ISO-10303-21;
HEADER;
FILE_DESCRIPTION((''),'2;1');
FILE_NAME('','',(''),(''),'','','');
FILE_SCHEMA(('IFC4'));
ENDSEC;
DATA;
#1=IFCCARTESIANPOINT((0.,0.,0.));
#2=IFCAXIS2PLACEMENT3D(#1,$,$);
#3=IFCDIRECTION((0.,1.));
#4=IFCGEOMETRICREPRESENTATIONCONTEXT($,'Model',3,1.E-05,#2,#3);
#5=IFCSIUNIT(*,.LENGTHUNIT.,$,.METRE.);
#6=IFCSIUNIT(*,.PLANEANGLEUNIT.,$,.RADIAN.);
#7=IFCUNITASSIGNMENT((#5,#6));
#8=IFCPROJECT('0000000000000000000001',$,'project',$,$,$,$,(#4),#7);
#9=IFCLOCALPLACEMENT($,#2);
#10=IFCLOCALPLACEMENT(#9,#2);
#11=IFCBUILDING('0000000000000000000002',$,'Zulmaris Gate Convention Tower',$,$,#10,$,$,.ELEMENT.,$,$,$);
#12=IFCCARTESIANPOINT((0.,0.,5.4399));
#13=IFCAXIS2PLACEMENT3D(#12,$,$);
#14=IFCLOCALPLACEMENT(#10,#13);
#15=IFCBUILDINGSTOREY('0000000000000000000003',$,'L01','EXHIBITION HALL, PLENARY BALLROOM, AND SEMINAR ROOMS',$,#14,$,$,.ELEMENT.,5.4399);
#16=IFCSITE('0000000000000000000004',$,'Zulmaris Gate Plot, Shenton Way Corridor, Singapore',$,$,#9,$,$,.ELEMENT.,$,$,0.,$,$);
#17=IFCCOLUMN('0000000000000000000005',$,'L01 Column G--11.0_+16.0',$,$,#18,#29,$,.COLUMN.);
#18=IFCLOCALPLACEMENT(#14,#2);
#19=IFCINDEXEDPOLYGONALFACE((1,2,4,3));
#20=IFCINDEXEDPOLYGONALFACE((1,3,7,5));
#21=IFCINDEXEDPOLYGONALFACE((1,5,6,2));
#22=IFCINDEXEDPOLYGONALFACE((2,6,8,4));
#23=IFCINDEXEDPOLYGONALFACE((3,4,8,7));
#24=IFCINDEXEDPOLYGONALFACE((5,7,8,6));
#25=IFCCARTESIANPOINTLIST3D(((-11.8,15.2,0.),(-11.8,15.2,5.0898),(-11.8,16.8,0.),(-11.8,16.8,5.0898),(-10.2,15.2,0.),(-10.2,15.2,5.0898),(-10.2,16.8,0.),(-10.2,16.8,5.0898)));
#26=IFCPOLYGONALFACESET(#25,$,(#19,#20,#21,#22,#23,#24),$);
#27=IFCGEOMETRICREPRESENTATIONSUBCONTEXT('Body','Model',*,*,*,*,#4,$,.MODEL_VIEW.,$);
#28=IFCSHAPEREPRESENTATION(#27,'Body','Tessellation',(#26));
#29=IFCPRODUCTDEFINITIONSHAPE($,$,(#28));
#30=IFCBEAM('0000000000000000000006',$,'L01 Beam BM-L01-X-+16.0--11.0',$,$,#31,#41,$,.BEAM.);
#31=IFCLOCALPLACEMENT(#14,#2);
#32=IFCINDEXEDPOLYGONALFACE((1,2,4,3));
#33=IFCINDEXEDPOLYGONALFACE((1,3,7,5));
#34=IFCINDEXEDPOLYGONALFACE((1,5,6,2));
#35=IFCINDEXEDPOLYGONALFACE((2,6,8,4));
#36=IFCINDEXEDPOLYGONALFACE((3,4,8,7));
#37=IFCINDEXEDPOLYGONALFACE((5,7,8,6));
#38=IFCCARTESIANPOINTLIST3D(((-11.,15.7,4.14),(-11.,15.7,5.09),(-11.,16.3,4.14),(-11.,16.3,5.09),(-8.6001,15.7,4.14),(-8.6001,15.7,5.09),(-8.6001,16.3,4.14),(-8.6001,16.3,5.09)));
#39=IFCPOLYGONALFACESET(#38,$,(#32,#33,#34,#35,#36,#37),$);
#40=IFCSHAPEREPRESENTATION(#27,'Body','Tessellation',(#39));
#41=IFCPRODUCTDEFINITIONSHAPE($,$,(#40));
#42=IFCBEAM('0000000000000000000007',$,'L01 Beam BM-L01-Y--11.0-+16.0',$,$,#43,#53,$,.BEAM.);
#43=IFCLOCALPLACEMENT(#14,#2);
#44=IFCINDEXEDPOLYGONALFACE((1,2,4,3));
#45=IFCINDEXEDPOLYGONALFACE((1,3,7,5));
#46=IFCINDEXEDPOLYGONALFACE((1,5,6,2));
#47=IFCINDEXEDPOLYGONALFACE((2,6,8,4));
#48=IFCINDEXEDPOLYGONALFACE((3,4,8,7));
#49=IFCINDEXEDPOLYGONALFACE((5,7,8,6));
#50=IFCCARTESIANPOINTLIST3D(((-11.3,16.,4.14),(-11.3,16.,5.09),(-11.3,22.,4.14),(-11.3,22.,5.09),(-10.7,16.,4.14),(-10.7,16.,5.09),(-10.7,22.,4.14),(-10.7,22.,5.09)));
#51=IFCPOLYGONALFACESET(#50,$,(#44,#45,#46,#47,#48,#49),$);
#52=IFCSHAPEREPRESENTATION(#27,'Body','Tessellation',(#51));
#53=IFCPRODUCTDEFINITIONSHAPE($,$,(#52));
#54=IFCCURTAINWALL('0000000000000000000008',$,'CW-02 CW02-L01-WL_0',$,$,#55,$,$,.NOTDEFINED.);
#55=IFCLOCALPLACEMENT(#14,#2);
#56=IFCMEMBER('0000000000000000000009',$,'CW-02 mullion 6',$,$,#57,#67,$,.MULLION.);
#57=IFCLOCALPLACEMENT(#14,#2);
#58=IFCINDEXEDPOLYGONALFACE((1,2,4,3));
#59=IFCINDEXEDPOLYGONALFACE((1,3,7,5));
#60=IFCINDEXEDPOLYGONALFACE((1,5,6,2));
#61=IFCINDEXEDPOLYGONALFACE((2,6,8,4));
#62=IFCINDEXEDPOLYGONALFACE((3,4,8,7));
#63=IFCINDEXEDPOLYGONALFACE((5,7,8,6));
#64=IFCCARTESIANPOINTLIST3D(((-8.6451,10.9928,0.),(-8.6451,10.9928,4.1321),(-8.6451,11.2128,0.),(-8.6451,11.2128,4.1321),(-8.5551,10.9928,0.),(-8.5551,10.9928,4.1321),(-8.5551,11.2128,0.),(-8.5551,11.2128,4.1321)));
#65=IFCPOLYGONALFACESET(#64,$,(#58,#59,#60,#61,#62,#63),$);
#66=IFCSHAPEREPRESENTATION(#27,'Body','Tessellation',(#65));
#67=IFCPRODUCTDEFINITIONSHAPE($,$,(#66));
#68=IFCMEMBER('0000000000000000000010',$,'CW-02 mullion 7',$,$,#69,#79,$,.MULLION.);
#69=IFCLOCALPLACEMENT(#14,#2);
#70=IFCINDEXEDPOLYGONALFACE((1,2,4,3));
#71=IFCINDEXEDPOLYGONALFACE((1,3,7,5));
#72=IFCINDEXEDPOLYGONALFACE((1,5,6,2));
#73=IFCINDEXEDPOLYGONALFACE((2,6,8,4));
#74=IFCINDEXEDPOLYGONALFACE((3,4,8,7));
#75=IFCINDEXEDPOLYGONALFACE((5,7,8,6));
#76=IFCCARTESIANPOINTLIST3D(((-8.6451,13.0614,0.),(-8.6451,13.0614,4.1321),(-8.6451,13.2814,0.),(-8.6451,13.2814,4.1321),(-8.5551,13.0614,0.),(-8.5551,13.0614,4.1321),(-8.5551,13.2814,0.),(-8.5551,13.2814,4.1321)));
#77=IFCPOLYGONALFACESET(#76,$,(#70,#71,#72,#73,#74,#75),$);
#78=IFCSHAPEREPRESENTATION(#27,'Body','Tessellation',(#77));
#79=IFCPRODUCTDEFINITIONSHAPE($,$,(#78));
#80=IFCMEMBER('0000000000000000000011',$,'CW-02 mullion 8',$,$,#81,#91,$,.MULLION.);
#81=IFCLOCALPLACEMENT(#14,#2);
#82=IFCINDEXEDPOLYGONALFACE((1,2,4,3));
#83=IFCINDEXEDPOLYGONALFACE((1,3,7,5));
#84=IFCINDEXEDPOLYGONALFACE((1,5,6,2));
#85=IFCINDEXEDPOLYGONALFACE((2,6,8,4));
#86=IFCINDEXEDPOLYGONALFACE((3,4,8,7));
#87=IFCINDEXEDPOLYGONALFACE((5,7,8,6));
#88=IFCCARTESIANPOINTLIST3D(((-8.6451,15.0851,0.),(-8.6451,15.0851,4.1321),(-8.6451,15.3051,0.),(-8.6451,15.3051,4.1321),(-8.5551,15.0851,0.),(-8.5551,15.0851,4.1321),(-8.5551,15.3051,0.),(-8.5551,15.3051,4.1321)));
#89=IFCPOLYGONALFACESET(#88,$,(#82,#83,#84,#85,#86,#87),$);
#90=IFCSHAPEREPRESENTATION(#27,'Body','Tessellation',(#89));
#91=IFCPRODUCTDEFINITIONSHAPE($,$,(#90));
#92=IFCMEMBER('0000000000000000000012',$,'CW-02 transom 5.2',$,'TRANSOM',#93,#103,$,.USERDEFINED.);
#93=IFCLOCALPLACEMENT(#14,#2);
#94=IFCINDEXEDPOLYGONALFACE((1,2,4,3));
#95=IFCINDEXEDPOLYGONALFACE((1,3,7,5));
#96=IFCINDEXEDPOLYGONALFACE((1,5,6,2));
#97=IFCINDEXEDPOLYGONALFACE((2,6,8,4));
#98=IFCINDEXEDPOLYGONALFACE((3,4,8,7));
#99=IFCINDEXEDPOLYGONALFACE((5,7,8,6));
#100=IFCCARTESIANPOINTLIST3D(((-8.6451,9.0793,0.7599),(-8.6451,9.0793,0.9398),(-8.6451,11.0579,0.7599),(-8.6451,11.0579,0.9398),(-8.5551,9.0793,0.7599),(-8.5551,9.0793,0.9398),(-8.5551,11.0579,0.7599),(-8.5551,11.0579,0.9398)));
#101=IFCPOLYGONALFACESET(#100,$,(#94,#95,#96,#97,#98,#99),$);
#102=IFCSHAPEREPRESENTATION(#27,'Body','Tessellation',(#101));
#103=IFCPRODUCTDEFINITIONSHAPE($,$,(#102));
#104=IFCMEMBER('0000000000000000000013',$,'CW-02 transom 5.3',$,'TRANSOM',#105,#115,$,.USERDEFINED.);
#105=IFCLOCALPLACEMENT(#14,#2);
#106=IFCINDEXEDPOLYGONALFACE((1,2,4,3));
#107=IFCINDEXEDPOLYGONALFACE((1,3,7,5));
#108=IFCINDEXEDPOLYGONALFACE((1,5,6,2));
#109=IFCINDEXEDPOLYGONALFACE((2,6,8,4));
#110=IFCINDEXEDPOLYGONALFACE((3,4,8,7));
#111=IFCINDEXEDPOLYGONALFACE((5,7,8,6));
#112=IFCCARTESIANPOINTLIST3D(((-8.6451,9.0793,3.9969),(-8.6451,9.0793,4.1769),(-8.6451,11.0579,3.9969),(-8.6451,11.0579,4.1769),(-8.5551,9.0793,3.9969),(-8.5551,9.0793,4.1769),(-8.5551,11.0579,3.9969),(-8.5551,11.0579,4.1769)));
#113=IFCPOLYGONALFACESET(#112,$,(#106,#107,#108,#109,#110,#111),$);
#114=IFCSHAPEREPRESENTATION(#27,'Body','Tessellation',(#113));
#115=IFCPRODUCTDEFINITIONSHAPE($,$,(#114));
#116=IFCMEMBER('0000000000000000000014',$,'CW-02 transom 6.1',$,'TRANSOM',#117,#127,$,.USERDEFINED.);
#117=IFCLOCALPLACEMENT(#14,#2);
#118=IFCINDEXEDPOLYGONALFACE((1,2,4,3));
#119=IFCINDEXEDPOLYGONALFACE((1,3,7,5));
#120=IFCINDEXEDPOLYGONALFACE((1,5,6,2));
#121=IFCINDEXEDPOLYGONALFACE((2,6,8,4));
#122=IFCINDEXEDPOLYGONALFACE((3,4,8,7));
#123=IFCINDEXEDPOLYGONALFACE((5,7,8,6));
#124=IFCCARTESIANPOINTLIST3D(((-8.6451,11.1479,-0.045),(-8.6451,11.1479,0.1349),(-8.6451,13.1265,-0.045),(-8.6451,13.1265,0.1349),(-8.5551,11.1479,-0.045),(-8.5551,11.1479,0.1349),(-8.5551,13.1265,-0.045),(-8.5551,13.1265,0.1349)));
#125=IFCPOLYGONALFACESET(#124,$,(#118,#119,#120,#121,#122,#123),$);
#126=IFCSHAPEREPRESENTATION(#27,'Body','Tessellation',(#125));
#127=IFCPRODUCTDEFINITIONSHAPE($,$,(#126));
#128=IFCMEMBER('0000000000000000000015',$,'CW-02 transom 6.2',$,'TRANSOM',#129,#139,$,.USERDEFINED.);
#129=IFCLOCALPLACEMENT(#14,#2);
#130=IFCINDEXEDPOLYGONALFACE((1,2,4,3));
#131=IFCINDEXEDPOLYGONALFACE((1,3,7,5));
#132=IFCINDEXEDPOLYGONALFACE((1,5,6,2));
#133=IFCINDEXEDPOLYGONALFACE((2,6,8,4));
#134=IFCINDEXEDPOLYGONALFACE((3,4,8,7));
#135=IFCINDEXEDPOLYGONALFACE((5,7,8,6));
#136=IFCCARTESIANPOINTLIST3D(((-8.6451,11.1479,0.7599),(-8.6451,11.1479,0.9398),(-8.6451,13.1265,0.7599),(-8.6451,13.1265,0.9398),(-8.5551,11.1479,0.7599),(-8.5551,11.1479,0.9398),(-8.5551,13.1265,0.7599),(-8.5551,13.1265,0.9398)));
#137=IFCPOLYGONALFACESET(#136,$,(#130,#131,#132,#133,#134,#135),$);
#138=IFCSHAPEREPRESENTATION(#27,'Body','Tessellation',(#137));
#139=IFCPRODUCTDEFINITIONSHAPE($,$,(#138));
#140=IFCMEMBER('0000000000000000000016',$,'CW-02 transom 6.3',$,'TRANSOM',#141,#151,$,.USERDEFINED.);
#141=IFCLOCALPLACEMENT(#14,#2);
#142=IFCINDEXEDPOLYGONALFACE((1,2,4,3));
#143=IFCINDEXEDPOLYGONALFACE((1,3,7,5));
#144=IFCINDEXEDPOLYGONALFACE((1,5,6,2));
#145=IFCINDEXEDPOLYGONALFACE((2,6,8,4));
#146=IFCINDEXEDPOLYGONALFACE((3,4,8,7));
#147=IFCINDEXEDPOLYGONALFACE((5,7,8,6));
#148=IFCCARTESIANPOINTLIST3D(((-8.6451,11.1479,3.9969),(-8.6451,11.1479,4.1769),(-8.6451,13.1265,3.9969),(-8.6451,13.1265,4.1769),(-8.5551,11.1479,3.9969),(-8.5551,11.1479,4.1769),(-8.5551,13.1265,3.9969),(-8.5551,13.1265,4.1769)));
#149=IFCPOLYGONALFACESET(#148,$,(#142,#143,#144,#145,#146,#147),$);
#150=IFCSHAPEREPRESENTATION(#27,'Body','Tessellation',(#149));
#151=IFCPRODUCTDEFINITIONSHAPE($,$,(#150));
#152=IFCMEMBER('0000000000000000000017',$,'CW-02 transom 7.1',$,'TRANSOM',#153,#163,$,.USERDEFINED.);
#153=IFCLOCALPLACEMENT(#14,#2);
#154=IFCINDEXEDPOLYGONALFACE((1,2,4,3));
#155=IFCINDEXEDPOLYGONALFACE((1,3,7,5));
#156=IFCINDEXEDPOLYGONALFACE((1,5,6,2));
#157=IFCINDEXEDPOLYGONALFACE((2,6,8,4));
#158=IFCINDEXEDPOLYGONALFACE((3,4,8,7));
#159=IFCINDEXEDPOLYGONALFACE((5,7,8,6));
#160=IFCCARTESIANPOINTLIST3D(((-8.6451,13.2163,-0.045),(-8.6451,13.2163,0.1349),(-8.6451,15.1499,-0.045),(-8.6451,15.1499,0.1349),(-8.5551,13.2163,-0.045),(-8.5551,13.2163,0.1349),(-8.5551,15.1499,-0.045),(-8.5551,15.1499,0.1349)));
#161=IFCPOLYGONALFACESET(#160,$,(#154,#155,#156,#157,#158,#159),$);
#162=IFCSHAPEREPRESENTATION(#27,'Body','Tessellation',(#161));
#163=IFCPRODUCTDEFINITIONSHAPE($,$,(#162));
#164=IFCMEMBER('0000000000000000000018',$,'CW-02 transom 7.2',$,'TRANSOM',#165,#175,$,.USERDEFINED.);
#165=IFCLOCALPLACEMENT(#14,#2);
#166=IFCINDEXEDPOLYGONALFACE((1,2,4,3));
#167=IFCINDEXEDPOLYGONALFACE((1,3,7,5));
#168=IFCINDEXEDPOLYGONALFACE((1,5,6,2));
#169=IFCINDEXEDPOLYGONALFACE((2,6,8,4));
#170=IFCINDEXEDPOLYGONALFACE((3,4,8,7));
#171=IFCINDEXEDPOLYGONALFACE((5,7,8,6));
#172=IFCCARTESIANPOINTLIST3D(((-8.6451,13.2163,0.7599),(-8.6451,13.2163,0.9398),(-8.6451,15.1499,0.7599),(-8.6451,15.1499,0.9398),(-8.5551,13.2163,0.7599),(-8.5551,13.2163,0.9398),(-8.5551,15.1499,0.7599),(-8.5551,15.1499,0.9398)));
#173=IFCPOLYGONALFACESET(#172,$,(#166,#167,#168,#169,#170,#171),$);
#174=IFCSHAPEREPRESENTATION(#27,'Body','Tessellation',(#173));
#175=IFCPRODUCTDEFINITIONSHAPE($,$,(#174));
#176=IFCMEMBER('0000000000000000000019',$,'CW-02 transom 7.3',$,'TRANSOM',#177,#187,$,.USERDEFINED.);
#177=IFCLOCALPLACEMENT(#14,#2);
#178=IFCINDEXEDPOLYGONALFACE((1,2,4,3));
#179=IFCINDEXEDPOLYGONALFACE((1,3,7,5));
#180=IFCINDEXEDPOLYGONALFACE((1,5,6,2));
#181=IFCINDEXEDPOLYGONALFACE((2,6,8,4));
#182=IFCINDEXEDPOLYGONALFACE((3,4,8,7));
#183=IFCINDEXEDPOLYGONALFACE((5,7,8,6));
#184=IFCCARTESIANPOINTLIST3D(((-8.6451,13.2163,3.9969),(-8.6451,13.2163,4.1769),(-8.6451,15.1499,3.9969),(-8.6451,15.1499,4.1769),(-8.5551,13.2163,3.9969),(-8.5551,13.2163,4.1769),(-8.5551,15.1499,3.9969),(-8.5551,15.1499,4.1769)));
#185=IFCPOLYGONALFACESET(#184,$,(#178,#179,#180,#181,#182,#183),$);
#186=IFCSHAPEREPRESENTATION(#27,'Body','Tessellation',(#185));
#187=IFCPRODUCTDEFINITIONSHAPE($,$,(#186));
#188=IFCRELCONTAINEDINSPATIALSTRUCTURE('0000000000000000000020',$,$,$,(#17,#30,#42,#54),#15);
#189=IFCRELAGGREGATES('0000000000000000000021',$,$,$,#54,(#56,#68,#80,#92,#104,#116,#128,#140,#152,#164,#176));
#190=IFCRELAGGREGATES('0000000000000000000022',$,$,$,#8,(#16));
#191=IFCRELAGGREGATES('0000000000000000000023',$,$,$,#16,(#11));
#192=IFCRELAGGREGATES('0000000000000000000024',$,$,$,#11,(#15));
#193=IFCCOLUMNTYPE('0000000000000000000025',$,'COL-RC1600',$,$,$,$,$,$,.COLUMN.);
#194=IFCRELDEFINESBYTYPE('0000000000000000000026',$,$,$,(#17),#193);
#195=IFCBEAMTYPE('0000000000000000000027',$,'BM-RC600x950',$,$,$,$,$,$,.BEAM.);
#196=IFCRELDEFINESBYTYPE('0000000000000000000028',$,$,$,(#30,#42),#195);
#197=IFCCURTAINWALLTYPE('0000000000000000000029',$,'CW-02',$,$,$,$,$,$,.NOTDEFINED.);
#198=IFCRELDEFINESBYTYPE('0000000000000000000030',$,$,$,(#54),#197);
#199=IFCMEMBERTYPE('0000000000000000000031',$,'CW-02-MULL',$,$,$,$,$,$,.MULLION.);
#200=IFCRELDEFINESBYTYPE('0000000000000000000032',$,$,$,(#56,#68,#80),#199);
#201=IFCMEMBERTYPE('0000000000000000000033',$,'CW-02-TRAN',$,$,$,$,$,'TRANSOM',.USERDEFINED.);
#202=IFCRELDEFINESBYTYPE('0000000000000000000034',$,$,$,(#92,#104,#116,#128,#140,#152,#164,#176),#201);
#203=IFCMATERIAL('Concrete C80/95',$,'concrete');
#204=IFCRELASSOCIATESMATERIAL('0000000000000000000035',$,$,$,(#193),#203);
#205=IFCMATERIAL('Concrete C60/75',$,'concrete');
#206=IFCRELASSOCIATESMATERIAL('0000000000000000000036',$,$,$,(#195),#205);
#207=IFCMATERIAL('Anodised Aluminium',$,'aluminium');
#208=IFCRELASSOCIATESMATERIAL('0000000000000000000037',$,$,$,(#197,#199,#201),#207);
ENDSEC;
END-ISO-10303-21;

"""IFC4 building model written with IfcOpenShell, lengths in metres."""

from ifc_helpers import new_model, si_unit, direction, frame, origin, origin_2d, place, context, subcontext, project, spatial, rectangle, extrude, material, material_profile, profile_set, type_object, element, aggregate, save


model = new_model("IFC4")

# Units and contexts
model_context = context("Model", 3, precision=1e-05, world=origin(), true_north=direction((0.0, 1.0)))
body_context = subcontext(model_context, "Body", "Model", "MODEL_VIEW")
ifc_project = project(units=[si_unit("LENGTHUNIT", "METRE"), si_unit("PLANEANGLEUNIT", "RADIAN")], contexts=[model_context])

# Site, building, storey
site_placement = place(None, origin())
site = spatial("IfcSite", under=ifc_project, at=site_placement, Name="Zulmaris Gate Plot, Shenton Way Corridor, Singapore", CompositionType="ELEMENT", RefElevation=0.0)
building_placement = place(site_placement, origin())
building = spatial("IfcBuilding", under=site, at=building_placement, Name="Zulmaris Gate Convention Tower", CompositionType="ELEMENT")
storey_placement = place(building_placement, frame((0.0, 0.0, 5.4399)))
storey = spatial("IfcBuildingStorey", under=building, at=storey_placement, Name="L01", Description="EXHIBITION HALL, PLENARY BALLROOM, AND SEMINAR ROOMS", CompositionType="ELEMENT", Elevation=5.4399)

# Column
ifc_material_1 = material(Name="Concrete C80/95", Category="concrete")
ifc_material_profile_1 = material_profile(ifc_material_1, rectangle(XDim=1.6001, YDim=1.6001, at=origin_2d()), Name="RC COL 1600x1600")
ifc_profile_set_1 = profile_set([ifc_material_profile_1], Name="Concrete C80/95")
column_type = type_object("IfcColumnType", Name="COL-RC1600", PredefinedType="COLUMN", material=ifc_profile_set_1)
column_placement = place(storey_placement, frame((-11.0, 16.0, 0.0), z_axis=(0.0, 0.0, 1.0), x_axis=(1.0, 0.0, 0.0)))
element("IfcColumn", 1, at=column_placement, inside=storey, type_object=column_type, Name="L01 Column G--11.0_+16.0", PredefinedType="COLUMN", context=body_context, shape_type="SweptSolid", body=[
    extrude(rectangle(XDim=1.6001, YDim=1.6001, at=origin_2d()), origin(), (0.0, 0.0, 1.0), 5.0898),
])

# Beams
ifc_material_2 = material(Name="Concrete C60/75", Category="concrete")
ifc_material_profile_2 = material_profile(ifc_material_2, rectangle(XDim=0.6001, YDim=0.95, at=origin_2d()), Name="RC BEAM 600x950")
ifc_profile_set_2 = profile_set([ifc_material_profile_2], Name="Concrete C60/75")
beam_type = type_object("IfcBeamType", Name="BM-RC600x950", PredefinedType="BEAM", material=ifc_profile_set_2)
beam_1_placement = place(storey_placement, frame((-11.0, 16.0, 4.615), z_axis=(1.0, 0.0, 0.0), x_axis=(0.0, 1.0, 0.0)))
element("IfcBeam", 2, at=beam_1_placement, inside=storey, type_object=beam_type, Name="L01 Beam BM-L01-X-+16.0--11.0", PredefinedType="BEAM", context=body_context, shape_type="SweptSolid", body=[
    extrude(rectangle(XDim=0.6001, YDim=0.95, at=origin_2d()), origin(), (0.0, 0.0, 1.0), 2.3999),
])
beam_2_placement = place(storey_placement, frame((-11.0, 16.0, 4.615), z_axis=(0.0, 1.0, 0.0), x_axis=(-1.0, 0.0, 0.0)))
element("IfcBeam", 3, at=beam_2_placement, inside=storey, type_object=beam_type, Name="L01 Beam BM-L01-Y--11.0-+16.0", PredefinedType="BEAM", context=body_context, shape_type="SweptSolid", body=[
    extrude(rectangle(XDim=0.6001, YDim=0.95, at=origin_2d()), origin(), (0.0, 0.0, 1.0), 6.0),
])

# Curtain wall, members
ifc_material_3 = material(Name="Anodised Aluminium", Category="aluminium")
curtain_wall_type = type_object("IfcCurtainWallType", Name="CW-02", PredefinedType="NOTDEFINED", material=ifc_material_3)
curtain_wall_placement = place(storey_placement, origin())
curtain_wall = element("IfcCurtainWall", 4, at=curtain_wall_placement, inside=storey, type_object=curtain_wall_type, Name="CW-02 CW02-L01-WL_0", PredefinedType="NOTDEFINED")
ifc_material_profile_3 = material_profile(ifc_material_3, rectangle(XDim=0.0901, YDim=0.22, at=origin_2d()), Name="ALU MULLION 90x220")
ifc_profile_set_3 = profile_set([ifc_material_profile_3], Name="Anodised Aluminium")
member_type_1 = type_object("IfcMemberType", Name="CW-02-MULL", PredefinedType="MULLION", material=ifc_profile_set_3)
member_1_placement = place(storey_placement, frame((-8.6001, 11.1028, 0.0), z_axis=(0.0, 0.0, 1.0), x_axis=(-1.0, 0.0, 0.0)))
member_1 = element("IfcMember", 5, at=member_1_placement, type_object=member_type_1, Name="CW-02 mullion 6", PredefinedType="MULLION", context=body_context, shape_type="SweptSolid", body=[
    extrude(rectangle(XDim=0.0901, YDim=0.22, at=origin_2d()), origin(), (0.0, 0.0, 1.0), 4.1321),
])
member_2_placement = place(storey_placement, frame((-8.6001, 13.1714, 0.0), z_axis=(0.0, 0.0, 1.0), x_axis=(-1.0, 0.0, 0.0)))
member_2 = element("IfcMember", 6, at=member_2_placement, type_object=member_type_1, Name="CW-02 mullion 7", PredefinedType="MULLION", context=body_context, shape_type="SweptSolid", body=[
    extrude(rectangle(XDim=0.0901, YDim=0.22, at=origin_2d()), origin(), (0.0, 0.0, 1.0), 4.1321),
])
member_3_placement = place(storey_placement, frame((-8.6001, 15.1951, 0.0), z_axis=(0.0, 0.0, 1.0), x_axis=(-1.0, 0.0, 0.0)))
member_3 = element("IfcMember", 7, at=member_3_placement, type_object=member_type_1, Name="CW-02 mullion 8", PredefinedType="MULLION", context=body_context, shape_type="SweptSolid", body=[
    extrude(rectangle(XDim=0.0901, YDim=0.22, at=origin_2d()), origin(), (0.0, 0.0, 1.0), 4.1321),
])
ifc_material_profile_4 = material_profile(ifc_material_3, rectangle(XDim=0.0901, YDim=0.1799, at=origin_2d()), Name="ALU TRANSOM 90x180")
ifc_profile_set_4 = profile_set([ifc_material_profile_4], Name="Anodised Aluminium")
member_type_2 = type_object("IfcMemberType", Name="CW-02-TRAN", ElementType="TRANSOM", PredefinedType="USERDEFINED", material=ifc_profile_set_4)
member_4_placement = place(storey_placement, frame((-8.6001, 9.0793, 0.8499), z_axis=(0.0, 1.0, 0.0), x_axis=(-1.0, 0.0, 0.0)))
member_4 = element("IfcMember", 8, at=member_4_placement, type_object=member_type_2, Name="CW-02 transom 5.2", ObjectType="TRANSOM", PredefinedType="USERDEFINED", context=body_context, shape_type="SweptSolid", body=[
    extrude(rectangle(XDim=0.0901, YDim=0.1799, at=origin_2d()), origin(), (0.0, 0.0, 1.0), 1.9785),
])
member_5_placement = place(storey_placement, frame((-8.6001, 9.0793, 4.0869), z_axis=(0.0, 1.0, 0.0), x_axis=(-1.0, 0.0, 0.0)))
member_5 = element("IfcMember", 9, at=member_5_placement, type_object=member_type_2, Name="CW-02 transom 5.3", ObjectType="TRANSOM", PredefinedType="USERDEFINED", context=body_context, shape_type="SweptSolid", body=[
    extrude(rectangle(XDim=0.0901, YDim=0.1799, at=origin_2d()), origin(), (0.0, 0.0, 1.0), 1.9785),
])
member_6_placement = place(storey_placement, frame((-8.6001, 11.1479, 0.0449), z_axis=(0.0, 1.0, 0.0), x_axis=(-1.0, 0.0, 0.0)))
member_6 = element("IfcMember", 10, at=member_6_placement, type_object=member_type_2, Name="CW-02 transom 6.1", ObjectType="TRANSOM", PredefinedType="USERDEFINED", context=body_context, shape_type="SweptSolid", body=[
    extrude(rectangle(XDim=0.0901, YDim=0.1799, at=origin_2d()), origin(), (0.0, 0.0, 1.0), 1.9785),
])
member_7_placement = place(storey_placement, frame((-8.6001, 11.1479, 0.8499), z_axis=(0.0, 1.0, 0.0), x_axis=(-1.0, 0.0, 0.0)))
member_7 = element("IfcMember", 11, at=member_7_placement, type_object=member_type_2, Name="CW-02 transom 6.2", ObjectType="TRANSOM", PredefinedType="USERDEFINED", context=body_context, shape_type="SweptSolid", body=[
    extrude(rectangle(XDim=0.0901, YDim=0.1799, at=origin_2d()), origin(), (0.0, 0.0, 1.0), 1.9785),
])
member_8_placement = place(storey_placement, frame((-8.6001, 11.1479, 4.0869), z_axis=(0.0, 1.0, 0.0), x_axis=(-1.0, 0.0, 0.0)))
member_8 = element("IfcMember", 12, at=member_8_placement, type_object=member_type_2, Name="CW-02 transom 6.3", ObjectType="TRANSOM", PredefinedType="USERDEFINED", context=body_context, shape_type="SweptSolid", body=[
    extrude(rectangle(XDim=0.0901, YDim=0.1799, at=origin_2d()), origin(), (0.0, 0.0, 1.0), 1.9785),
])
member_9_placement = place(storey_placement, frame((-8.6001, 13.2163, 0.0449), z_axis=(0.0, 1.0, 0.0), x_axis=(-1.0, 0.0, 0.0)))
member_9 = element("IfcMember", 13, at=member_9_placement, type_object=member_type_2, Name="CW-02 transom 7.1", ObjectType="TRANSOM", PredefinedType="USERDEFINED", context=body_context, shape_type="SweptSolid", body=[
    extrude(rectangle(XDim=0.0901, YDim=0.1799, at=origin_2d()), origin(), (0.0, 0.0, 1.0), 1.9336),
])
member_10_placement = place(storey_placement, frame((-8.6001, 13.2163, 0.8499), z_axis=(0.0, 1.0, 0.0), x_axis=(-1.0, 0.0, 0.0)))
member_10 = element("IfcMember", 14, at=member_10_placement, type_object=member_type_2, Name="CW-02 transom 7.2", ObjectType="TRANSOM", PredefinedType="USERDEFINED", context=body_context, shape_type="SweptSolid", body=[
    extrude(rectangle(XDim=0.0901, YDim=0.1799, at=origin_2d()), origin(), (0.0, 0.0, 1.0), 1.9336),
])
member_11_placement = place(storey_placement, frame((-8.6001, 13.2163, 4.0869), z_axis=(0.0, 1.0, 0.0), x_axis=(-1.0, 0.0, 0.0)))
member_11 = element("IfcMember", 15, at=member_11_placement, type_object=member_type_2, Name="CW-02 transom 7.3", ObjectType="TRANSOM", PredefinedType="USERDEFINED", context=body_context, shape_type="SweptSolid", body=[
    extrude(rectangle(XDim=0.0901, YDim=0.1799, at=origin_2d()), origin(), (0.0, 0.0, 1.0), 1.9336),
])
aggregate(curtain_wall, [member_1, member_2, member_3, member_4, member_5, member_6, member_7, member_8, member_9, member_10, member_11])

save(model, "model.ifc")
